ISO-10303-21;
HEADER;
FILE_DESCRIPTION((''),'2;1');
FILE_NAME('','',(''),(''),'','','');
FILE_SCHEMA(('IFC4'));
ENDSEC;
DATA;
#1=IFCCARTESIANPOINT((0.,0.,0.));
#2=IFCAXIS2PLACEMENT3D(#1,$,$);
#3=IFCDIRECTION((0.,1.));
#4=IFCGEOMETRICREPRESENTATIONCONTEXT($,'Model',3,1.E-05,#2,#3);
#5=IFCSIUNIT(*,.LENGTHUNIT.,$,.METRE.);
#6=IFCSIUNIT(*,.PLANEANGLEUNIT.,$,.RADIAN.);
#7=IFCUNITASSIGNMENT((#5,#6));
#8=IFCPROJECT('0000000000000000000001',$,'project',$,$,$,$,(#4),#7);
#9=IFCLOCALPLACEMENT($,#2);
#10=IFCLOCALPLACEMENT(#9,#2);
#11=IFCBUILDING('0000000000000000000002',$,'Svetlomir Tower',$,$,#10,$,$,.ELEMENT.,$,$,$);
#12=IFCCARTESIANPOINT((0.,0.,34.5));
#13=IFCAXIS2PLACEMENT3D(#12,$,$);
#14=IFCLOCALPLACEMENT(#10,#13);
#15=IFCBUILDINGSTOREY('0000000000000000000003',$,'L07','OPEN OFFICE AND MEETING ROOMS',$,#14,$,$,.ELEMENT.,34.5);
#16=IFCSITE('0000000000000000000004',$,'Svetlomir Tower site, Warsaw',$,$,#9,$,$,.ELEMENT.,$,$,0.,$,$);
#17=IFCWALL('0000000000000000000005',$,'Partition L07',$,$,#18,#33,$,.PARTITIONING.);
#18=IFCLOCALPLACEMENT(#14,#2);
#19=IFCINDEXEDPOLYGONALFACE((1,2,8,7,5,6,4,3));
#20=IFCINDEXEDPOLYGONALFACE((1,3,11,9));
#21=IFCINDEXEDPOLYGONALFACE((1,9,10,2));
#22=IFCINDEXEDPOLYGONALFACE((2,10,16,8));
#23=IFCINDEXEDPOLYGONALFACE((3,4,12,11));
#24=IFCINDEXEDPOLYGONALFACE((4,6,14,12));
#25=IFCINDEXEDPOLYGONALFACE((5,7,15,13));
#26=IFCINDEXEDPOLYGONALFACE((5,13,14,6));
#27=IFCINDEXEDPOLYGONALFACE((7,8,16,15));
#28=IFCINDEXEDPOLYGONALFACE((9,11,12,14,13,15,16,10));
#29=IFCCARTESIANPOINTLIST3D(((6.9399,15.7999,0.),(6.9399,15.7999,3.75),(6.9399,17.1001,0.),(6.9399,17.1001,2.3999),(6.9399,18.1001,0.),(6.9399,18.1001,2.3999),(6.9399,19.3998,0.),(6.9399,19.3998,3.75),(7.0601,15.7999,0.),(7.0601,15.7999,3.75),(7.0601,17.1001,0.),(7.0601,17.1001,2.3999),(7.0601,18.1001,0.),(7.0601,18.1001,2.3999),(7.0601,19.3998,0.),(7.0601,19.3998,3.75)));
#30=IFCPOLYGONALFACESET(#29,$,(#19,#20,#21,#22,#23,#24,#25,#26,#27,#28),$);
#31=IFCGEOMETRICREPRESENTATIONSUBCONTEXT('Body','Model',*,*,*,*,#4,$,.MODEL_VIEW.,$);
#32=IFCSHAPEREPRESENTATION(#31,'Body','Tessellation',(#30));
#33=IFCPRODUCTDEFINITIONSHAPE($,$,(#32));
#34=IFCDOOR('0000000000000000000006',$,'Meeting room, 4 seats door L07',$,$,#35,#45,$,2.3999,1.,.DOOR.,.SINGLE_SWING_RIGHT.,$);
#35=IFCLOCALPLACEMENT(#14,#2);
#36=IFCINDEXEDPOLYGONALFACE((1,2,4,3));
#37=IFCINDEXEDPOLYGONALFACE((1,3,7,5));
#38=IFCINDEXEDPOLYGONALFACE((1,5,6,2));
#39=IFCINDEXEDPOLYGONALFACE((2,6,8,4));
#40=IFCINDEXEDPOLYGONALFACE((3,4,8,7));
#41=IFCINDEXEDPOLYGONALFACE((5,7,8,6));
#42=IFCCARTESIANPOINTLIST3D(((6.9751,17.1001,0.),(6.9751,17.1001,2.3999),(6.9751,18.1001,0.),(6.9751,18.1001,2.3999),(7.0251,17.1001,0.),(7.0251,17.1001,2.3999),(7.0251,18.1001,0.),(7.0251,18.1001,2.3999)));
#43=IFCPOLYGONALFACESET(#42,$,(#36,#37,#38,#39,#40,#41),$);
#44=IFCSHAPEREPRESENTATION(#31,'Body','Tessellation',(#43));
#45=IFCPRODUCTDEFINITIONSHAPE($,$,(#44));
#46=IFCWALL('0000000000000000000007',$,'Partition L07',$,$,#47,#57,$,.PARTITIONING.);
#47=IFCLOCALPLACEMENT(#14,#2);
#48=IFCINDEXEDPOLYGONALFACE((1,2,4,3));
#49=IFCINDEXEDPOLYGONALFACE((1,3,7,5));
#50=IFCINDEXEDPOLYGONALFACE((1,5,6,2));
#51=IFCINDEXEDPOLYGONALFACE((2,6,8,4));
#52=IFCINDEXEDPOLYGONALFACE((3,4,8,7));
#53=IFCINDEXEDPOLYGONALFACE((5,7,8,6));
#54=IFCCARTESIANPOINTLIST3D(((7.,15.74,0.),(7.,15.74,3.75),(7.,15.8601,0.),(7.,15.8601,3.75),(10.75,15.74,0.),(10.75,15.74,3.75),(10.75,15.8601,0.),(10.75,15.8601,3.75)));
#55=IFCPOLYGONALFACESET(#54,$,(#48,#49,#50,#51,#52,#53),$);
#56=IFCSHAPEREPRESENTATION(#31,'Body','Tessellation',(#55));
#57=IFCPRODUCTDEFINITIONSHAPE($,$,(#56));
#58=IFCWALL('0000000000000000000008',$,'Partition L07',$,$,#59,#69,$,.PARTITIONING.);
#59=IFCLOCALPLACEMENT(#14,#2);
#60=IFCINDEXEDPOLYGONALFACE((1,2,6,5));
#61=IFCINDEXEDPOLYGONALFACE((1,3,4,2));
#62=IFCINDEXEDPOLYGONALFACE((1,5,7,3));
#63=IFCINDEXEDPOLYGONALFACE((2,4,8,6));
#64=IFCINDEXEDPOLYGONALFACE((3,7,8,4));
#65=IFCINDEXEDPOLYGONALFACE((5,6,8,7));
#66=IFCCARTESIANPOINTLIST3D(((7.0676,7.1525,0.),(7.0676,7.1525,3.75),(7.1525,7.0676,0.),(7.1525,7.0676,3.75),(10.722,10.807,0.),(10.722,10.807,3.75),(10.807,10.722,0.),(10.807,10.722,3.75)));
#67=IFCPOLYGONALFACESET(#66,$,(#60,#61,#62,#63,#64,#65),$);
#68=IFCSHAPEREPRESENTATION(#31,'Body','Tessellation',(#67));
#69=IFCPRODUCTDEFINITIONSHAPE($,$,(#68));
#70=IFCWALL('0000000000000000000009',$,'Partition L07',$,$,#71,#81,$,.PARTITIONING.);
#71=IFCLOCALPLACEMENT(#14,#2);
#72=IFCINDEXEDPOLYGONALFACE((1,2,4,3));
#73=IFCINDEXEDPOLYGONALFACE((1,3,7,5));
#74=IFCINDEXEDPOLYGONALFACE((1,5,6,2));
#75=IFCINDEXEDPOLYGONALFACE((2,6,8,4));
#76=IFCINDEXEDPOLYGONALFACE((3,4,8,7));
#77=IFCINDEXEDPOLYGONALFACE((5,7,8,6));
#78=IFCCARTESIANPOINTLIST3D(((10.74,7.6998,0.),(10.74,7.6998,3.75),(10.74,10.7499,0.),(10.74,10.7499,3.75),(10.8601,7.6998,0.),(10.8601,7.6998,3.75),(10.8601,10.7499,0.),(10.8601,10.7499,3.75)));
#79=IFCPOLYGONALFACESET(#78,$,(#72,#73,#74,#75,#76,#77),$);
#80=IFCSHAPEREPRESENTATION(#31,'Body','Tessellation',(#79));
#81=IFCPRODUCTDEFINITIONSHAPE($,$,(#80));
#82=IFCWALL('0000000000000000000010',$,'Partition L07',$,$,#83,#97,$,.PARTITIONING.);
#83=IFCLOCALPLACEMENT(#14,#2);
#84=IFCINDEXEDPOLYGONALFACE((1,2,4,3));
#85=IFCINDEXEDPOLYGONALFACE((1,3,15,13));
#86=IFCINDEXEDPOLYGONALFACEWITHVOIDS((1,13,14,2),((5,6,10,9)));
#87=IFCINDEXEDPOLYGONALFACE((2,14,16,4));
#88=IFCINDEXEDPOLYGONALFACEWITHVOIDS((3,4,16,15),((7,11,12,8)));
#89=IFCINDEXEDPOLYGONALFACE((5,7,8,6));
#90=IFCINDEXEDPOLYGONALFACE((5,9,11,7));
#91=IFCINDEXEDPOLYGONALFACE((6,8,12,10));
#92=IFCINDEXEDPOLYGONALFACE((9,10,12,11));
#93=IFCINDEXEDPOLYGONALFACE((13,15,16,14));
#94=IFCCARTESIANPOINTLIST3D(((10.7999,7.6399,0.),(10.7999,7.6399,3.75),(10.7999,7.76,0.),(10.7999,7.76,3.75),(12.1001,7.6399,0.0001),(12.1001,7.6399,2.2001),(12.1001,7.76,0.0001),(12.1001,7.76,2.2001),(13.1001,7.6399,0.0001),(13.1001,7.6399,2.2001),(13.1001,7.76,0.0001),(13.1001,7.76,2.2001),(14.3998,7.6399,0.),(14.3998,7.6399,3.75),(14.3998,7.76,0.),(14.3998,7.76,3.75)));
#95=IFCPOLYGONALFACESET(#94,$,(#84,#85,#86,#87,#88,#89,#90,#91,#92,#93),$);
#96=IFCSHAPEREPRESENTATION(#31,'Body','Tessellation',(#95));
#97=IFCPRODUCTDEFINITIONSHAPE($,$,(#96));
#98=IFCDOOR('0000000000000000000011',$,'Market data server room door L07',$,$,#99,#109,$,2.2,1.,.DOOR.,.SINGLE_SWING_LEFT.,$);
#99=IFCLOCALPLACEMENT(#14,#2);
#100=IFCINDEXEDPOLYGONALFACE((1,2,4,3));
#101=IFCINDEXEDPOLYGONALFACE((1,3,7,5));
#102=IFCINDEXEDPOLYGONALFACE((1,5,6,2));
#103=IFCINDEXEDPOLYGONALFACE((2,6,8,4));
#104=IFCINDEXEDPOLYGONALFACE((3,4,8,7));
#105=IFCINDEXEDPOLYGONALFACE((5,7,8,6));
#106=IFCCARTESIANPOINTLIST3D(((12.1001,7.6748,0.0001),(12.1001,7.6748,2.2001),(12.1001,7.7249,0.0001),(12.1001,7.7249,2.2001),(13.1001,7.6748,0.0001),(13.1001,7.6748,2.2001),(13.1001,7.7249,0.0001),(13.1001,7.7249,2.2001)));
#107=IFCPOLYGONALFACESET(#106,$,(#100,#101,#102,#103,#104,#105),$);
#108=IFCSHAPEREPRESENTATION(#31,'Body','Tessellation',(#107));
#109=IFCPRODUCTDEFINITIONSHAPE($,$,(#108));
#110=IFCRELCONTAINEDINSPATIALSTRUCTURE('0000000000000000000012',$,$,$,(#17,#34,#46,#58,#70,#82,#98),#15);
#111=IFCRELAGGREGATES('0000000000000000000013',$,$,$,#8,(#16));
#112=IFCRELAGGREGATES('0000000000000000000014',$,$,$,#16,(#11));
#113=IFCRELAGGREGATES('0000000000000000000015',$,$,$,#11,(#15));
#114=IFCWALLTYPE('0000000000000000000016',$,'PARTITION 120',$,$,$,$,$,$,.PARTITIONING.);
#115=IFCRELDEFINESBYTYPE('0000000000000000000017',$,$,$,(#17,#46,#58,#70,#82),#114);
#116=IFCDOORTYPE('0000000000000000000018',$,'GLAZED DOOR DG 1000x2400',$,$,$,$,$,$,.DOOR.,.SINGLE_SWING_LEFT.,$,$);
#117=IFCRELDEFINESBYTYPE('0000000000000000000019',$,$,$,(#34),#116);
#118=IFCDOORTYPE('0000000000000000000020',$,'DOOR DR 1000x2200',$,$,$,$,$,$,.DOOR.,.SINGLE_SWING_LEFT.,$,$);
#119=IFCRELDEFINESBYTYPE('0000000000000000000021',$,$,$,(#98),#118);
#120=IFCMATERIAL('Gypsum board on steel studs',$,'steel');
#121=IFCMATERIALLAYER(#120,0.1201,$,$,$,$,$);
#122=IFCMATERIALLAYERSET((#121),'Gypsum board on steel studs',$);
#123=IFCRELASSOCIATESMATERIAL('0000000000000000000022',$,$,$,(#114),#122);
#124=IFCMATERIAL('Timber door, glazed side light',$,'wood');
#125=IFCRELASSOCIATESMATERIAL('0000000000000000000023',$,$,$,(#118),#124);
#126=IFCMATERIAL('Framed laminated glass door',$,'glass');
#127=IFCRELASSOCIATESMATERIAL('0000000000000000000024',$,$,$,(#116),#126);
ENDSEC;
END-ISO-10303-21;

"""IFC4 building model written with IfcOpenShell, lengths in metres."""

from ifc_helpers import new_model, si_unit, direction, frame, frame_2d, origin, place, context, subcontext, project, spatial, rectangle, extrude, material, layer, layer_set, type_object, element, fill, save


model = new_model("IFC4")

# Units and contexts
model_context = context("Model", 3, precision=1e-05, world=origin(), true_north=direction((0.0, 1.0)))
body_context = subcontext(model_context, "Body", "Model", "MODEL_VIEW")
ifc_project = project(units=[si_unit("LENGTHUNIT", "METRE"), si_unit("PLANEANGLEUNIT", "RADIAN")], contexts=[model_context])

# Site, building, storey
site_placement = place(None, origin())
site = spatial("IfcSite", under=ifc_project, at=site_placement, Name="Svetlomir Tower site, Warsaw", CompositionType="ELEMENT", RefElevation=0.0)
building_placement = place(site_placement, origin())
building = spatial("IfcBuilding", under=site, at=building_placement, Name="Svetlomir Tower", CompositionType="ELEMENT")
storey_placement = place(building_placement, frame((0.0, 0.0, 34.5)))
storey = spatial("IfcBuildingStorey", under=building, at=storey_placement, Name="L07", Description="OPEN OFFICE AND MEETING ROOMS", CompositionType="ELEMENT", Elevation=34.5)

# Shared definitions
ifc_material_1 = material(Name="Gypsum board on steel studs", Category="steel")
ifc_layer_1 = layer(ifc_material_1, 0.1201)
ifc_layer_set_1 = layer_set([ifc_layer_1], Name="Gypsum board on steel studs")
wall_type_1 = type_object("IfcWallType", Name="PARTITION 120", PredefinedType="PARTITIONING", material=ifc_layer_set_1)

# Shared definitions
ifc_material_2 = material(Name="Timber door, glazed side light", Category="wood")
door_type_1 = type_object("IfcDoorType", Name="DOOR DR 1000x2200", OperationType="SINGLE_SWING_LEFT", PredefinedType="DOOR", material=ifc_material_2)

# Wall, opening, door
wall_1_placement = place(storey_placement, frame((7.0, 15.8, 0.0), z_axis=(0.0, 0.0, 1.0), x_axis=(0.0, 1.0, 0.0)))
wall_1 = element("IfcWall", 1, at=wall_1_placement, inside=storey, type_object=wall_type_1, Name="Partition L07", PredefinedType="PARTITIONING", context=body_context, shape_type="SweptSolid", body=[
    extrude(rectangle(XDim=3.5999, YDim=0.1201, at=frame_2d((1.7998, 0.0))), origin(), (0.0, 0.0, 1.0), 3.75),
])
opening_1_placement = place(wall_1_placement, frame((1.3, 0.0, 0.0)))
opening_1 = element("IfcOpeningElement", 2, at=opening_1_placement, cuts=wall_1, PredefinedType="OPENING", context=body_context, shape_type="SweptSolid", body=[
    extrude(rectangle(XDim=1.0, YDim=2.3999, at=frame_2d((0.5, 1.2))), frame((0.0, 0.0701, 0.0), z_axis=(0.0, -1.0, 0.0), x_axis=(1.0, 0.0, 0.0)), (0.0, 0.0, 1.0), 0.1401),
])
ifc_material_3 = material(Name="Framed laminated glass door", Category="glass")
door_type_2 = type_object("IfcDoorType", Name="GLAZED DOOR DG 1000x2400", OperationType="SINGLE_SWING_LEFT", PredefinedType="DOOR", material=ifc_material_3)
door_1_placement = place(opening_1_placement, origin())
door_1 = element("IfcDoor", 3, at=door_1_placement, inside=storey, type_object=door_type_2, Name="Meeting room, 4 seats door L07", OperationType="SINGLE_SWING_RIGHT", OverallHeight=2.3999, OverallWidth=1.0, PredefinedType="DOOR", context=body_context, shape_type="SweptSolid", body=[
    extrude(rectangle(XDim=1.0, YDim=2.3999, at=frame_2d((0.5, 1.2))), frame((0.0, 0.0249, 0.0), z_axis=(0.0, -1.0, 0.0), x_axis=(1.0, 0.0, 0.0)), (0.0, 0.0, 1.0), 0.05),
])
fill(opening_1, door_1)

# Walls
wall_2_placement = place(storey_placement, frame((7.0, 15.8, 0.0), z_axis=(0.0, 0.0, 1.0), x_axis=(1.0, 0.0, 0.0)))
element("IfcWall", 4, at=wall_2_placement, inside=storey, type_object=wall_type_1, Name="Partition L07", PredefinedType="PARTITIONING", context=body_context, shape_type="SweptSolid", body=[
    extrude(rectangle(XDim=3.75, YDim=0.1201, at=frame_2d((1.875, 0.0))), origin(), (0.0, 0.0, 1.0), 3.75),
])
wall_3_placement = place(storey_placement, frame((7.1101, 7.1101, 0.0), z_axis=(0.0, 0.0, 1.0), x_axis=(0.707107, 0.707107, 0.0)))
element("IfcWall", 5, at=wall_3_placement, inside=storey, type_object=wall_type_1, Name="Partition L07", PredefinedType="PARTITIONING", context=body_context, shape_type="SweptSolid", body=[
    extrude(rectangle(XDim=5.1682, YDim=0.1201, at=frame_2d((2.584, 0.0))), origin(), (0.0, 0.0, 1.0), 3.75),
])
wall_4_placement = place(storey_placement, frame((10.8, 7.7, 0.0), z_axis=(0.0, 0.0, 1.0), x_axis=(0.0, 1.0, 0.0)))
element("IfcWall", 6, at=wall_4_placement, inside=storey, type_object=wall_type_1, Name="Partition L07", PredefinedType="PARTITIONING", context=body_context, shape_type="SweptSolid", body=[
    extrude(rectangle(XDim=3.05, YDim=0.1201, at=frame_2d((1.5249, 0.0))), origin(), (0.0, 0.0, 1.0), 3.75),
])

# Wall, opening, door
wall_5_placement = place(storey_placement, frame((10.8, 7.7, 0.0), z_axis=(0.0, 0.0, 1.0), x_axis=(1.0, 0.0, 0.0)))
wall_5 = element("IfcWall", 7, at=wall_5_placement, inside=storey, type_object=wall_type_1, Name="Partition L07", PredefinedType="PARTITIONING", context=body_context, shape_type="SweptSolid", body=[
    extrude(rectangle(XDim=3.5999, YDim=0.1201, at=frame_2d((1.7998, 0.0))), origin(), (0.0, 0.0, 1.0), 3.75),
])
opening_2_placement = place(wall_5_placement, frame((1.3, 0.0, 0.0)))
opening_2 = element("IfcOpeningElement", 8, at=opening_2_placement, cuts=wall_5, PredefinedType="OPENING", context=body_context, shape_type="SweptSolid", body=[
    extrude(rectangle(XDim=1.0, YDim=2.2, at=frame_2d((0.5, 1.1001))), frame((0.0, 0.0701, 0.0), z_axis=(0.0, -1.0, 0.0), x_axis=(1.0, 0.0, 0.0)), (0.0, 0.0, 1.0), 0.1401),
])
door_2_placement = place(opening_2_placement, origin())
door_2 = element("IfcDoor", 9, at=door_2_placement, inside=storey, type_object=door_type_1, Name="Market data server room door L07", OperationType="SINGLE_SWING_LEFT", OverallHeight=2.2, OverallWidth=1.0, PredefinedType="DOOR", context=body_context, shape_type="SweptSolid", body=[
    extrude(rectangle(XDim=1.0, YDim=2.2, at=frame_2d((0.5, 1.1001))), frame((0.0, 0.0249, 0.0), z_axis=(0.0, -1.0, 0.0), x_axis=(1.0, 0.0, 0.0)), (0.0, 0.0, 1.0), 0.05),
])
fill(opening_2, door_2)

save(model, "model.ifc")
